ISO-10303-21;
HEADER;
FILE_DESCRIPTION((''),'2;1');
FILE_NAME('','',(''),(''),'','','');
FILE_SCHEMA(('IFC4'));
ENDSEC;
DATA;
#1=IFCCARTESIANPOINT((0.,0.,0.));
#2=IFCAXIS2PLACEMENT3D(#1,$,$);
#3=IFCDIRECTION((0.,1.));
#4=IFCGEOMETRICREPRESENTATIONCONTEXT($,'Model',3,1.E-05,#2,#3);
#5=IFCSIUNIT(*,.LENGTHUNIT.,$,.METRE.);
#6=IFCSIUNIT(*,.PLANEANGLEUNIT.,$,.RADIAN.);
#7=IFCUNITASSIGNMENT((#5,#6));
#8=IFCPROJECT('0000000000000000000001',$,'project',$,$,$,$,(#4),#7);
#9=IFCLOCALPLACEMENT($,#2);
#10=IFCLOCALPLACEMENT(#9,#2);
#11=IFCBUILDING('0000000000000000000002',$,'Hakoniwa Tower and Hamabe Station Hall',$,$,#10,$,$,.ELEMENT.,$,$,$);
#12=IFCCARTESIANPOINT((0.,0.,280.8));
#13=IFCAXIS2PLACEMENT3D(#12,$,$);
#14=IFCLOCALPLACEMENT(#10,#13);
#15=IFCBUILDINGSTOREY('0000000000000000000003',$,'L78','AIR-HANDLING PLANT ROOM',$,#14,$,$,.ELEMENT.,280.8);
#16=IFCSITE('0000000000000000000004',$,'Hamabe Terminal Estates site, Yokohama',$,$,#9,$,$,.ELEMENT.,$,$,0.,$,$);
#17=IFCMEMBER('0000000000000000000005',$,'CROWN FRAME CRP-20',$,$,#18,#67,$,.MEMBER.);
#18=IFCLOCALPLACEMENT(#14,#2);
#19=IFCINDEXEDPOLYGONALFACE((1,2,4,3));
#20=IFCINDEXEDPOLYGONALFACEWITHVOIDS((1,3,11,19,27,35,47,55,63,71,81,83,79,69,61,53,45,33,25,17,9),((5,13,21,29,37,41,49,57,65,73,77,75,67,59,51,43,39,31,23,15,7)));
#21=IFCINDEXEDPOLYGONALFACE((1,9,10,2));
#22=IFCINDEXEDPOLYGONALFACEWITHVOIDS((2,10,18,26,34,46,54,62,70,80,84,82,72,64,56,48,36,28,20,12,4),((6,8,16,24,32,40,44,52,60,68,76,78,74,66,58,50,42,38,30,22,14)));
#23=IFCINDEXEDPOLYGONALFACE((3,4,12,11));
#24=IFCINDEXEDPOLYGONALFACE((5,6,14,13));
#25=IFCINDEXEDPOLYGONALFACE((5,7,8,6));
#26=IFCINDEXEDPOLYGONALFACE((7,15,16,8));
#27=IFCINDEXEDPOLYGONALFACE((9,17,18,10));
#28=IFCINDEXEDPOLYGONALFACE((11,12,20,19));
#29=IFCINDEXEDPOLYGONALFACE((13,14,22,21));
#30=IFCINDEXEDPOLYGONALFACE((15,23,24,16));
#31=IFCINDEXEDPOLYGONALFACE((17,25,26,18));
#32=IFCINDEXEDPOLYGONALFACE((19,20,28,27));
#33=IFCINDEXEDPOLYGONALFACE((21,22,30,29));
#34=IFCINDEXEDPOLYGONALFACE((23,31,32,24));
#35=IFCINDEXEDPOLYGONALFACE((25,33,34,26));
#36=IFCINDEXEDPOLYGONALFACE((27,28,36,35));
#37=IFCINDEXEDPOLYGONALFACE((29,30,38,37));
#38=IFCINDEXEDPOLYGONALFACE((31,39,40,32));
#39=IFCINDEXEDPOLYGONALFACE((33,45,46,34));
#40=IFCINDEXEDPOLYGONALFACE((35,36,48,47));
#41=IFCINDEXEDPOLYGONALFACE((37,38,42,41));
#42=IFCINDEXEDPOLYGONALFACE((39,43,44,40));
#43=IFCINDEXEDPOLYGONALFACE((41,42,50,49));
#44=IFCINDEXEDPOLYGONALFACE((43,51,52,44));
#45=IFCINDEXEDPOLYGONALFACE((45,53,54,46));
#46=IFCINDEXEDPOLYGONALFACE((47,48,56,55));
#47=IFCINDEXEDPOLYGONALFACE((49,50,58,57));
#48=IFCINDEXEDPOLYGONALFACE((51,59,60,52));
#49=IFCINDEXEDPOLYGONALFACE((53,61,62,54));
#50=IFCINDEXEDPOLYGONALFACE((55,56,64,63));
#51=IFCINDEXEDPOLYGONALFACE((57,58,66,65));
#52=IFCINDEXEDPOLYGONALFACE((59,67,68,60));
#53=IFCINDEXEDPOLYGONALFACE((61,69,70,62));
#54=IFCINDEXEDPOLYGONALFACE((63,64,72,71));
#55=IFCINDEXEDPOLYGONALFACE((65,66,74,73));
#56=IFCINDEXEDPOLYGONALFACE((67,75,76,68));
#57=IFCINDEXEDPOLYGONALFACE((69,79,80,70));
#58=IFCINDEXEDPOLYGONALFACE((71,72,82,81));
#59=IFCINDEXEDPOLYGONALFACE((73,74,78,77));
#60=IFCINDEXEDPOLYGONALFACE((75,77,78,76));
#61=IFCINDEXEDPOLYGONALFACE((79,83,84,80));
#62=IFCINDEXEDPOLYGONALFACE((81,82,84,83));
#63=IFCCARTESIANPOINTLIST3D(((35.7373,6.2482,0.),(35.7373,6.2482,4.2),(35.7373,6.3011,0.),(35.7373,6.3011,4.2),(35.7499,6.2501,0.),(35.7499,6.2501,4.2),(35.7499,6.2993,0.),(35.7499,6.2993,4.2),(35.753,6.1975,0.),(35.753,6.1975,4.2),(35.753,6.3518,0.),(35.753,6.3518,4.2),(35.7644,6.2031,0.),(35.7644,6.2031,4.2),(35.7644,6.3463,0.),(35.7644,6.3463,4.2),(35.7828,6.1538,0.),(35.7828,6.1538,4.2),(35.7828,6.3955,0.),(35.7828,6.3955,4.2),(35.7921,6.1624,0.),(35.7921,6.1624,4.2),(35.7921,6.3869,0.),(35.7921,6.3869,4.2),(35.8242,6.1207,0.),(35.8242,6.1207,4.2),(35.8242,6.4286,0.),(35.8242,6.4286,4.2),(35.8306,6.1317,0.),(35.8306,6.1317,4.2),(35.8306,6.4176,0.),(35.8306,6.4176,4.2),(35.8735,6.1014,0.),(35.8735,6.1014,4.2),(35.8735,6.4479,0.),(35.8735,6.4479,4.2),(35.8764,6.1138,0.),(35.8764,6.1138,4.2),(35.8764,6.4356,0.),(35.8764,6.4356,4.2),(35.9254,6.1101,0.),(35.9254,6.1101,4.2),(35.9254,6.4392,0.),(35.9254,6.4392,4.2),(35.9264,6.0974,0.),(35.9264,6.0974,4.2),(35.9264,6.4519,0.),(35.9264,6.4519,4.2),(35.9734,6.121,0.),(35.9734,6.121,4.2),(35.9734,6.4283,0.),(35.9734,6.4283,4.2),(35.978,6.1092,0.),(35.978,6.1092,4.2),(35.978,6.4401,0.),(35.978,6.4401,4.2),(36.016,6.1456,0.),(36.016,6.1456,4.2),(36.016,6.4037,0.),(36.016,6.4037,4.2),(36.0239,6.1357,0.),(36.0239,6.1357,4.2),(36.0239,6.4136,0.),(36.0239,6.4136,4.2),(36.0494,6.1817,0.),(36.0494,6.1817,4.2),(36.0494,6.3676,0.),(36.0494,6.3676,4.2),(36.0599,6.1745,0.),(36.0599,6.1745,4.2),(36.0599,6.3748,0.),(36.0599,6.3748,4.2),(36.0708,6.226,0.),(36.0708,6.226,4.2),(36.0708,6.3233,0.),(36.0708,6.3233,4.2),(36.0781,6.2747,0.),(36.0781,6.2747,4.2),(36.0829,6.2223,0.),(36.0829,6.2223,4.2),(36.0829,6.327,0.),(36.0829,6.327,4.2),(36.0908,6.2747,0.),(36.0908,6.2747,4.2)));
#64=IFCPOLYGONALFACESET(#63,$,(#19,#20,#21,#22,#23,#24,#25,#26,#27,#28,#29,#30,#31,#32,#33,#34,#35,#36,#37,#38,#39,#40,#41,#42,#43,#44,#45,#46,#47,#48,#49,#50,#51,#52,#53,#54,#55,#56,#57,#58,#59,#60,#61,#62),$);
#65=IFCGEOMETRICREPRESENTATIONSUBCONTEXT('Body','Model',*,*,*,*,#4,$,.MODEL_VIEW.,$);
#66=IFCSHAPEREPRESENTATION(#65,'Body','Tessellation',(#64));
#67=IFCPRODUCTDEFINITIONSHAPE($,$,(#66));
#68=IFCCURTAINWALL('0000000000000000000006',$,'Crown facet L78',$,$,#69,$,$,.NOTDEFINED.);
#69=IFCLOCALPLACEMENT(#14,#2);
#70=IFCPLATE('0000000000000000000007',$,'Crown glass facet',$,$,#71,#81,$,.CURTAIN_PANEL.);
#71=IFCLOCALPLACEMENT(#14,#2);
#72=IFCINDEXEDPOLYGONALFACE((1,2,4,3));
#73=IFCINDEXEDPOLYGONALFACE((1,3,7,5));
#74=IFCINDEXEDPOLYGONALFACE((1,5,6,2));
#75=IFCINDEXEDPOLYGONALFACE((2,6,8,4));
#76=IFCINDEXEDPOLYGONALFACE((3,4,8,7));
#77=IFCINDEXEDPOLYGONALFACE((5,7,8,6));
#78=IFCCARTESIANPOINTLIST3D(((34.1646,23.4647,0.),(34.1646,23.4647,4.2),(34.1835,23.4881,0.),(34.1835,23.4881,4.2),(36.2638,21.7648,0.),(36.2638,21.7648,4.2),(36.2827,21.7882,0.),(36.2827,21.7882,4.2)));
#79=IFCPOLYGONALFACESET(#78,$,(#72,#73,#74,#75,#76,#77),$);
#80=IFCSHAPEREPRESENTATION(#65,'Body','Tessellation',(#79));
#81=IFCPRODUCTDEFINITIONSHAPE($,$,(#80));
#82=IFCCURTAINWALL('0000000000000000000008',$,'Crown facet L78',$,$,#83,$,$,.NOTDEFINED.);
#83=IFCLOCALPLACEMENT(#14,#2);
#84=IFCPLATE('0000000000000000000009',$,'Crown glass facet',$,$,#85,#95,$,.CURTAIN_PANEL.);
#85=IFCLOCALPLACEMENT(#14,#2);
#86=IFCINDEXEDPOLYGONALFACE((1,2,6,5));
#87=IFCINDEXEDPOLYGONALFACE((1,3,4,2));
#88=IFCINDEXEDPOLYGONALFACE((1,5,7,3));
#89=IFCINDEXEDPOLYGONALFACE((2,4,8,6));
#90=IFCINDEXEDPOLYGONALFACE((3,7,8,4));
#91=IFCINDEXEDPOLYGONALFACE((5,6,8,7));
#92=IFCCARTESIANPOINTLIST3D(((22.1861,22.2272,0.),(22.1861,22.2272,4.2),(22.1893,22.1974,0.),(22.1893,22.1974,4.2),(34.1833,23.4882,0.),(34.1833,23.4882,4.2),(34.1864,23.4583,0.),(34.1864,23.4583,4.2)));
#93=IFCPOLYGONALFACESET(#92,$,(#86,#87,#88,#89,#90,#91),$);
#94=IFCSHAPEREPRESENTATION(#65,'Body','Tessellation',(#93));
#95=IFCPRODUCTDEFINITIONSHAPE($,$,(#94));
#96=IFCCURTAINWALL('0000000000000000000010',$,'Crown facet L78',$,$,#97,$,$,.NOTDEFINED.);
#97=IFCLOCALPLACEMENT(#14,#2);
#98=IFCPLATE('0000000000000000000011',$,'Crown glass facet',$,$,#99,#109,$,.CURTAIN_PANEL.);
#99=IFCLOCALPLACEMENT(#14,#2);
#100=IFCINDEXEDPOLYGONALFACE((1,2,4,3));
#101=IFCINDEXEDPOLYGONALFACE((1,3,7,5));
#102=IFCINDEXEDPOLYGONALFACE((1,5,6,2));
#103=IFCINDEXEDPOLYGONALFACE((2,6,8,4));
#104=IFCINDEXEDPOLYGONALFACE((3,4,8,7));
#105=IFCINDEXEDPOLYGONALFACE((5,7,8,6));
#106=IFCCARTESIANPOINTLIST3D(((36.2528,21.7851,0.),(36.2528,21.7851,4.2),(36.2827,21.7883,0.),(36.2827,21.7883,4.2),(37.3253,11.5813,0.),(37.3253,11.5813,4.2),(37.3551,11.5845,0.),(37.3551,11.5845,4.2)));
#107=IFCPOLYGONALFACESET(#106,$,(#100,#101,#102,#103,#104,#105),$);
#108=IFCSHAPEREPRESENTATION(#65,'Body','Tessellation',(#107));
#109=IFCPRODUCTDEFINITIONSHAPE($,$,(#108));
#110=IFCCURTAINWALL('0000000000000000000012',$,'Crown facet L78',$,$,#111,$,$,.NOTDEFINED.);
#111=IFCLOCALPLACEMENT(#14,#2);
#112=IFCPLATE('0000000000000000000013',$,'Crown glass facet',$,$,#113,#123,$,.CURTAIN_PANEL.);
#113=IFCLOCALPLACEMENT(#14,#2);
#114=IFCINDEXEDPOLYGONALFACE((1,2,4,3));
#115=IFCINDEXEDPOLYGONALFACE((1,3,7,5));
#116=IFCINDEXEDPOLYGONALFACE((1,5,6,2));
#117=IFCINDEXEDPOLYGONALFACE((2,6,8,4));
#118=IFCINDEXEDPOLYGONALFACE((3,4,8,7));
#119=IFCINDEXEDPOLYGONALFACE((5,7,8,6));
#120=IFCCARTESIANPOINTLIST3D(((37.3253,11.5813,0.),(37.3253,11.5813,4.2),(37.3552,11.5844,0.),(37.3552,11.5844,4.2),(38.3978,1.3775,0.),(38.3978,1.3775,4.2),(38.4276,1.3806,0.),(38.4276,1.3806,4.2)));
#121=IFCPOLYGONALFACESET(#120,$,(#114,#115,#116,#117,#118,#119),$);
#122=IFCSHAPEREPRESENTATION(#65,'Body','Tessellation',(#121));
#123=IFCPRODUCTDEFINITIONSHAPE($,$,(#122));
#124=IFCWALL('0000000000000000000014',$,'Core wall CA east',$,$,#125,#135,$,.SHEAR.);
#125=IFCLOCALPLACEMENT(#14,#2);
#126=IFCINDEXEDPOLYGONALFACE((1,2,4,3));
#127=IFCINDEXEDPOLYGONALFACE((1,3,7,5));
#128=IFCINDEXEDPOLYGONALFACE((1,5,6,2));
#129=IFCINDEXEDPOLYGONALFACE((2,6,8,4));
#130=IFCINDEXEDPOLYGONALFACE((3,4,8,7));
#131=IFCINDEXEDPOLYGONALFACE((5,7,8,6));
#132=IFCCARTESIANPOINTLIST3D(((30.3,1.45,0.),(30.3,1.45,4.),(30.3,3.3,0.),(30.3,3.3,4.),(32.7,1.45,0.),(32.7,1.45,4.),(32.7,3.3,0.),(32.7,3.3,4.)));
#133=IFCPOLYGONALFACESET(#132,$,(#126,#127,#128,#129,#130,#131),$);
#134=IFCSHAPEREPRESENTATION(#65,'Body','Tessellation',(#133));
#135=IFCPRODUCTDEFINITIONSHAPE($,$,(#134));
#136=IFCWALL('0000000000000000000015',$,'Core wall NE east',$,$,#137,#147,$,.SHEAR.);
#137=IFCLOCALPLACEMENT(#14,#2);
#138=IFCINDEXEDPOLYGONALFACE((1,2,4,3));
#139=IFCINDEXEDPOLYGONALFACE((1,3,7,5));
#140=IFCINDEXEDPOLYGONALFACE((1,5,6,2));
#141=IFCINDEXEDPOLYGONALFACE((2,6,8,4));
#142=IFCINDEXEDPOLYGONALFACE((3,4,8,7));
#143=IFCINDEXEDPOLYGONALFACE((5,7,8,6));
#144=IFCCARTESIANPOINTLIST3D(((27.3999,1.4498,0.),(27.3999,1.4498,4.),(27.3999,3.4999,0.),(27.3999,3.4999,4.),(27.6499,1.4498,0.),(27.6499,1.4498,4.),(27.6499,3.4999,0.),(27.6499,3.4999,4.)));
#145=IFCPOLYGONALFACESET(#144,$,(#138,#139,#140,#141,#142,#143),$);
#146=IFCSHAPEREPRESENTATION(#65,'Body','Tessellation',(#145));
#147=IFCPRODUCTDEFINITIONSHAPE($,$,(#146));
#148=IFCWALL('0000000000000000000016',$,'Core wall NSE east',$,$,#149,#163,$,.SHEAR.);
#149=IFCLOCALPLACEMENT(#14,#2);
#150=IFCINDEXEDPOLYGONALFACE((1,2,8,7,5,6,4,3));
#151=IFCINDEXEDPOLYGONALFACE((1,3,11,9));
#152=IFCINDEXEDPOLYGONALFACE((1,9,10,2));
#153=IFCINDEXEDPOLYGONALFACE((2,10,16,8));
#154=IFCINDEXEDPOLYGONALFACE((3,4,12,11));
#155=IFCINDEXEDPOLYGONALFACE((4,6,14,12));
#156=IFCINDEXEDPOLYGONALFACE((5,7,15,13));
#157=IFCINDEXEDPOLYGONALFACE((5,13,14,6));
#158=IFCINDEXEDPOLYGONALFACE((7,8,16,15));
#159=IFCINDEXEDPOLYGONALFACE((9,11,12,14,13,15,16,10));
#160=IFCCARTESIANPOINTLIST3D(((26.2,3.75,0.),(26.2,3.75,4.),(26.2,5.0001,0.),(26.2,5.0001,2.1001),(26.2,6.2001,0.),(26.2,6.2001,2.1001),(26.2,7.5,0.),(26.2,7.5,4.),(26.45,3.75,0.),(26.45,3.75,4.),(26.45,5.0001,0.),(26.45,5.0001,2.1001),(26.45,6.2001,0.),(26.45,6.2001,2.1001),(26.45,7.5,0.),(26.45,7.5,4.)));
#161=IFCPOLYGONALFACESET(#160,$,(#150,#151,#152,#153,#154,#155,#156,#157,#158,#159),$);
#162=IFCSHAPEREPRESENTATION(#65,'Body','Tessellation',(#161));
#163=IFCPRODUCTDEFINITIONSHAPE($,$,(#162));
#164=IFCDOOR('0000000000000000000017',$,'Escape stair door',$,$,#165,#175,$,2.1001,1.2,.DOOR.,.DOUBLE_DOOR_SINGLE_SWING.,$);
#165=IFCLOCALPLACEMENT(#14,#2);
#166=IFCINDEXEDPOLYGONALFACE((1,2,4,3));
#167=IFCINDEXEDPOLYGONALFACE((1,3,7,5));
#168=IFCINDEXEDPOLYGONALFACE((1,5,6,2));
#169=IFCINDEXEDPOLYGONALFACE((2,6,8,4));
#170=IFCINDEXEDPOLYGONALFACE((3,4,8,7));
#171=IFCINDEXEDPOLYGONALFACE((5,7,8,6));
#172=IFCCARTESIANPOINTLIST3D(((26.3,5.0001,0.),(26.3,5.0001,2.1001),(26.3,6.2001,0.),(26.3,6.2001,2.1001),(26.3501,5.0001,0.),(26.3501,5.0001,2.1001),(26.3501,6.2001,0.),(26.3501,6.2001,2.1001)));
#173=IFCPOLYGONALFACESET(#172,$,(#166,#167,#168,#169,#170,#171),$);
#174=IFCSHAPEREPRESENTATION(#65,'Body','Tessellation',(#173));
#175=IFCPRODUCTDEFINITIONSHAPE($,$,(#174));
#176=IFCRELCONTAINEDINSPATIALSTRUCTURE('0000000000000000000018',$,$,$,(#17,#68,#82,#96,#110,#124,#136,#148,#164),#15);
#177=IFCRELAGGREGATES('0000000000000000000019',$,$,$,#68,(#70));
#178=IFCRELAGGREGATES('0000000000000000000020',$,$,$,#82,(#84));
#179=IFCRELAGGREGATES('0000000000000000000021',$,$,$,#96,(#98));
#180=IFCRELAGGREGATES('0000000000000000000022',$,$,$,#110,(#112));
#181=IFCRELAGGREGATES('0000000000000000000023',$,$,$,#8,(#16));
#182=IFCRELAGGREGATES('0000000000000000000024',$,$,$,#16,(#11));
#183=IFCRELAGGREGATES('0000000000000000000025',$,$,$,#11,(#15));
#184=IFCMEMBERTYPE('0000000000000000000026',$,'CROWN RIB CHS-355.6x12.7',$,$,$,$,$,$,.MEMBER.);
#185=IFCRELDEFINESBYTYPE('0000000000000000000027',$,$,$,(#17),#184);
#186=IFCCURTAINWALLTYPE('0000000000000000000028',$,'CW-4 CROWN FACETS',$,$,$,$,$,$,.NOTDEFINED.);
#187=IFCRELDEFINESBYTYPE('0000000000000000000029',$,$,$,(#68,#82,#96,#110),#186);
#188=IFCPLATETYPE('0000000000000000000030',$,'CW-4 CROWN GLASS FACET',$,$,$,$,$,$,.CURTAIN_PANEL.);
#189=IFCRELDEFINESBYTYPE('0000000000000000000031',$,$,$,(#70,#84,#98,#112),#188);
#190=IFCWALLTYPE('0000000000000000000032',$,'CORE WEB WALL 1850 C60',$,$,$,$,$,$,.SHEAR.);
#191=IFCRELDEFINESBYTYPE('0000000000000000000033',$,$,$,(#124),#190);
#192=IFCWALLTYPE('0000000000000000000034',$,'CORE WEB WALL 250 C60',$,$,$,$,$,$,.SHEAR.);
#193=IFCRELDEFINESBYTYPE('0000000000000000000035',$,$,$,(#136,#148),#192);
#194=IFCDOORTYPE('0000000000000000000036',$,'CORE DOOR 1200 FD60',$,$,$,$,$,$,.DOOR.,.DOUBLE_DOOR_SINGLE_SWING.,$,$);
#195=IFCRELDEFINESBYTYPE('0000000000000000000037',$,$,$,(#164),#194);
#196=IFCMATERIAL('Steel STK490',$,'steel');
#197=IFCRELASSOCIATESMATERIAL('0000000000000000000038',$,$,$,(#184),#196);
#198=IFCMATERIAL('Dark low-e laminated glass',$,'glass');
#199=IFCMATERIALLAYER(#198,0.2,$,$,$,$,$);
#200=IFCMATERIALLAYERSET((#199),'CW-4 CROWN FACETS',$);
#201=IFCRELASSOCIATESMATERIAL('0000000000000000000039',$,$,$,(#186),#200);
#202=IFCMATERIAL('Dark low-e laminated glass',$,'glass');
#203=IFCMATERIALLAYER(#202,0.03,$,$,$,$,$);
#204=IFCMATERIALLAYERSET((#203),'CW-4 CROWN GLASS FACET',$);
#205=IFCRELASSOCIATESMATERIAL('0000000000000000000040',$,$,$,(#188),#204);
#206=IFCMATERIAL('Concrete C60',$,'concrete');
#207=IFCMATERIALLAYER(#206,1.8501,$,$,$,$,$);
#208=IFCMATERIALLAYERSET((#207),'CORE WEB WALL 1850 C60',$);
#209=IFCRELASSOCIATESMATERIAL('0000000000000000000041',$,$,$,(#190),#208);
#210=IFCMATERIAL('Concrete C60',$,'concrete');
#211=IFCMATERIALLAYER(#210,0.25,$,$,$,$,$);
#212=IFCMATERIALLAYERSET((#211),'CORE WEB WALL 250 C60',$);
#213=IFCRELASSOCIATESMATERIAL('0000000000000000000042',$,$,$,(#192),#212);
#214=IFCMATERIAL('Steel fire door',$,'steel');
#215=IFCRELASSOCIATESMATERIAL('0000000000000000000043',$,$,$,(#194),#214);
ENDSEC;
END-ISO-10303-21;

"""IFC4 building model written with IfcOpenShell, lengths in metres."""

from ifc_helpers import new_model, si_unit, direction, frame, frame_2d, origin, origin_2d, place, context, subcontext, project, spatial, rectangle, hollow_circle, extrude, material, layer, layer_set, material_profile, profile_set, type_object, element, fill, aggregate, save


model = new_model("IFC4")

# Units and contexts
model_context = context("Model", 3, precision=1e-05, world=origin(), true_north=direction((0.0, 1.0)))
body_context = subcontext(model_context, "Body", "Model", "MODEL_VIEW")
ifc_project = project(units=[si_unit("LENGTHUNIT", "METRE"), si_unit("PLANEANGLEUNIT", "RADIAN")], contexts=[model_context])

# Site, building, storey
site_placement = place(None, origin())
site = spatial("IfcSite", under=ifc_project, at=site_placement, Name="Hamabe Terminal Estates site, Yokohama", CompositionType="ELEMENT", RefElevation=0.0)
building_placement = place(site_placement, origin())
building = spatial("IfcBuilding", under=site, at=building_placement, Name="Hakoniwa Tower and Hamabe Station Hall", CompositionType="ELEMENT")
storey_placement = place(building_placement, frame((0.0, 0.0, 280.8)))
storey = spatial("IfcBuildingStorey", under=building, at=storey_placement, Name="L78", Description="AIR-HANDLING PLANT ROOM", CompositionType="ELEMENT", Elevation=280.8)

# Member
ifc_material_1 = material(Name="Steel STK490", Category="steel")
ifc_material_profile_1 = material_profile(ifc_material_1, hollow_circle(Radius=0.1777, WallThickness=0.0127, at=origin_2d()), Name="CHS-355.6x12.7")
ifc_profile_set_1 = profile_set([ifc_material_profile_1], Name="Steel STK490")
member_type = type_object("IfcMemberType", Name="CROWN RIB CHS-355.6x12.7", PredefinedType="MEMBER", material=ifc_profile_set_1)
for number, where, z_axis, x_axis, name in (
    (1, (35.9131, 6.2747, 0.0), (0.0, 0.0, 1.0), (1.0, 0.0, 0.0), "CROWN FRAME CRP-20"),
):
    element("IfcMember", number, at=place(storey_placement, frame(where, z_axis=z_axis, x_axis=x_axis)), inside=storey, type_object=member_type, Name=name, PredefinedType="MEMBER", context=body_context, shape_type="SweptSolid", body=[
        extrude(hollow_circle(Radius=0.1777, WallThickness=0.0127, at=origin_2d()), origin(), (0.0, 0.0, 1.0), 4.2),
    ])

# Curtain walls, plates
ifc_material_2 = material(Name="Dark low-e laminated glass", Category="glass")
ifc_layer_1 = layer(ifc_material_2, 0.2)
ifc_layer_set_1 = layer_set([ifc_layer_1], Name="CW-4 CROWN FACETS")
curtain_wall_type = type_object("IfcCurtainWallType", Name="CW-4 CROWN FACETS", PredefinedType="NOTDEFINED", material=ifc_layer_set_1)
curtain_wall_1_placement = place(storey_placement, origin())
curtain_wall_1 = element("IfcCurtainWall", 2, at=curtain_wall_1_placement, inside=storey, type_object=curtain_wall_type, Name="Crown facet L78", PredefinedType="NOTDEFINED")
ifc_material_3 = material(Name="Dark low-e laminated glass", Category="glass")
ifc_layer_2 = layer(ifc_material_3, 0.03)
ifc_layer_set_2 = layer_set([ifc_layer_2], Name="CW-4 CROWN GLASS FACET")
plate_type = type_object("IfcPlateType", Name="CW-4 CROWN GLASS FACET", PredefinedType="CURTAIN_PANEL", material=ifc_layer_set_2)
plate_1_placement = place(storey_placement, frame((35.2236, 22.6265, 0.0), z_axis=(0.0, 0.0, 1.0), x_axis=(-0.777146, 0.62932, 0.0)))
plate_1 = element("IfcPlate", 3, at=plate_1_placement, type_object=plate_type, Name="Crown glass facet", PredefinedType="CURTAIN_PANEL", context=body_context, shape_type="SweptSolid", body=[
    extrude(rectangle(XDim=2.7012, YDim=0.03, at=origin_2d()), origin(), (0.0, 0.0, 1.0), 4.2),
])
aggregate(curtain_wall_1, [plate_1])
curtain_wall_2_placement = place(storey_placement, origin())
curtain_wall_2 = element("IfcCurtainWall", 4, at=curtain_wall_2_placement, inside=storey, type_object=curtain_wall_type, Name="Crown facet L78", PredefinedType="NOTDEFINED")
plate_2_placement = place(storey_placement, frame((28.1863, 22.8428, 0.0), z_axis=(0.0, 0.0, 1.0), x_axis=(-0.994522, -0.104528, 0.0)))
plate_2 = element("IfcPlate", 5, at=plate_2_placement, type_object=plate_type, Name="Crown glass facet", PredefinedType="CURTAIN_PANEL", context=body_context, shape_type="SweptSolid", body=[
    extrude(rectangle(XDim=12.0632, YDim=0.03, at=origin_2d()), origin(), (0.0, 0.0, 1.0), 4.2),
])
aggregate(curtain_wall_2, [plate_2])
curtain_wall_3_placement = place(storey_placement, origin())
curtain_wall_3 = element("IfcCurtainWall", 6, at=curtain_wall_3_placement, inside=storey, type_object=curtain_wall_type, Name="Crown facet L78", PredefinedType="NOTDEFINED")
plate_3_placement = place(storey_placement, frame((36.804, 16.6848, 0.0), z_axis=(0.0, 0.0, 1.0), x_axis=(-0.104528, 0.994522, 0.0)))
plate_3 = element("IfcPlate", 7, at=plate_3_placement, type_object=plate_type, Name="Crown glass facet", PredefinedType="CURTAIN_PANEL", context=body_context, shape_type="SweptSolid", body=[
    extrude(rectangle(XDim=10.26, YDim=0.03, at=origin_2d()), origin(), (0.0, 0.0, 1.0), 4.2),
])
aggregate(curtain_wall_3, [plate_3])
curtain_wall_4_placement = place(storey_placement, origin())
curtain_wall_4 = element("IfcCurtainWall", 8, at=curtain_wall_4_placement, inside=storey, type_object=curtain_wall_type, Name="Crown facet L78", PredefinedType="NOTDEFINED")
plate_4_placement = place(storey_placement, frame((37.8765, 6.481, 0.0), z_axis=(0.0, 0.0, 1.0), x_axis=(-0.104528, 0.994522, 0.0)))
plate_4 = element("IfcPlate", 9, at=plate_4_placement, type_object=plate_type, Name="Crown glass facet", PredefinedType="CURTAIN_PANEL", context=body_context, shape_type="SweptSolid", body=[
    extrude(rectangle(XDim=10.26, YDim=0.03, at=origin_2d()), origin(), (0.0, 0.0, 1.0), 4.2),
])
aggregate(curtain_wall_4, [plate_4])

# Walls
ifc_material_4 = material(Name="Concrete C60", Category="concrete")
ifc_layer_3 = layer(ifc_material_4, 1.8501)
ifc_layer_set_3 = layer_set([ifc_layer_3], Name="CORE WEB WALL 1850 C60")
wall_type_1 = type_object("IfcWallType", Name="CORE WEB WALL 1850 C60", PredefinedType="SHEAR", material=ifc_layer_set_3)
wall_1_placement = place(storey_placement, frame((30.3, 2.375, 0.0), z_axis=(0.0, 0.0, 1.0), x_axis=(1.0, 0.0, 0.0)))
element("IfcWall", 10, at=wall_1_placement, inside=storey, type_object=wall_type_1, Name="Core wall CA east", PredefinedType="SHEAR", context=body_context, shape_type="SweptSolid", body=[
    extrude(rectangle(XDim=2.3999, YDim=1.8501, at=frame_2d((1.2, 0.0))), origin(), (0.0, 0.0, 1.0), 4.0),
])
ifc_material_5 = material(Name="Concrete C60", Category="concrete")
ifc_layer_4 = layer(ifc_material_5, 0.25)
ifc_layer_set_4 = layer_set([ifc_layer_4], Name="CORE WEB WALL 250 C60")
wall_type_2 = type_object("IfcWallType", Name="CORE WEB WALL 250 C60", PredefinedType="SHEAR", material=ifc_layer_set_4)
wall_2_placement = place(storey_placement, frame((27.5249, 1.45, 0.0), z_axis=(0.0, 0.0, 1.0), x_axis=(0.0, 1.0, 0.0)))
element("IfcWall", 11, at=wall_2_placement, inside=storey, type_object=wall_type_2, Name="Core wall NE east", PredefinedType="SHEAR", context=body_context, shape_type="SweptSolid", body=[
    extrude(rectangle(XDim=2.05, YDim=0.25, at=frame_2d((1.0249, 0.0))), origin(), (0.0, 0.0, 1.0), 4.0),
])

# Wall, opening, door
wall_3_placement = place(storey_placement, frame((26.325, 3.75, 0.0), z_axis=(0.0, 0.0, 1.0), x_axis=(0.0, 1.0, 0.0)))
wall_3 = element("IfcWall", 12, at=wall_3_placement, inside=storey, type_object=wall_type_2, Name="Core wall NSE east", PredefinedType="SHEAR", context=body_context, shape_type="SweptSolid", body=[
    extrude(rectangle(XDim=3.75, YDim=0.25, at=frame_2d((1.875, 0.0))), origin(), (0.0, 0.0, 1.0), 4.0),
])
opening_1_placement = place(wall_3_placement, frame((1.25, 0.0, 0.0)))
opening_1 = element("IfcOpeningElement", 13, at=opening_1_placement, cuts=wall_3, PredefinedType="OPENING", context=body_context, shape_type="SweptSolid", body=[
    extrude(rectangle(XDim=1.2, YDim=2.1001, at=frame_2d((0.6001, 1.05))), frame((0.0, 0.135, 0.0), z_axis=(0.0, -1.0, 0.0), x_axis=(1.0, 0.0, 0.0)), (0.0, 0.0, 1.0), 0.27),
])
ifc_material_6 = material(Name="Steel fire door", Category="steel")
door_type_1 = type_object("IfcDoorType", Name="CORE DOOR 1200 FD60", OperationType="DOUBLE_DOOR_SINGLE_SWING", PredefinedType="DOOR", material=ifc_material_6)
door_1_placement = place(opening_1_placement, origin())
door_1 = element("IfcDoor", 14, at=door_1_placement, inside=storey, type_object=door_type_1, Name="Escape stair door", OperationType="DOUBLE_DOOR_SINGLE_SWING", OverallHeight=2.1001, OverallWidth=1.2, PredefinedType="DOOR", context=body_context, shape_type="SweptSolid", body=[
    extrude(rectangle(XDim=1.2, YDim=2.1001, at=frame_2d((0.6001, 1.05))), frame((0.0, 0.0249, 0.0), z_axis=(0.0, -1.0, 0.0), x_axis=(1.0, 0.0, 0.0)), (0.0, 0.0, 1.0), 0.05),
])
fill(opening_1, door_1)

save(model, "model.ifc")
